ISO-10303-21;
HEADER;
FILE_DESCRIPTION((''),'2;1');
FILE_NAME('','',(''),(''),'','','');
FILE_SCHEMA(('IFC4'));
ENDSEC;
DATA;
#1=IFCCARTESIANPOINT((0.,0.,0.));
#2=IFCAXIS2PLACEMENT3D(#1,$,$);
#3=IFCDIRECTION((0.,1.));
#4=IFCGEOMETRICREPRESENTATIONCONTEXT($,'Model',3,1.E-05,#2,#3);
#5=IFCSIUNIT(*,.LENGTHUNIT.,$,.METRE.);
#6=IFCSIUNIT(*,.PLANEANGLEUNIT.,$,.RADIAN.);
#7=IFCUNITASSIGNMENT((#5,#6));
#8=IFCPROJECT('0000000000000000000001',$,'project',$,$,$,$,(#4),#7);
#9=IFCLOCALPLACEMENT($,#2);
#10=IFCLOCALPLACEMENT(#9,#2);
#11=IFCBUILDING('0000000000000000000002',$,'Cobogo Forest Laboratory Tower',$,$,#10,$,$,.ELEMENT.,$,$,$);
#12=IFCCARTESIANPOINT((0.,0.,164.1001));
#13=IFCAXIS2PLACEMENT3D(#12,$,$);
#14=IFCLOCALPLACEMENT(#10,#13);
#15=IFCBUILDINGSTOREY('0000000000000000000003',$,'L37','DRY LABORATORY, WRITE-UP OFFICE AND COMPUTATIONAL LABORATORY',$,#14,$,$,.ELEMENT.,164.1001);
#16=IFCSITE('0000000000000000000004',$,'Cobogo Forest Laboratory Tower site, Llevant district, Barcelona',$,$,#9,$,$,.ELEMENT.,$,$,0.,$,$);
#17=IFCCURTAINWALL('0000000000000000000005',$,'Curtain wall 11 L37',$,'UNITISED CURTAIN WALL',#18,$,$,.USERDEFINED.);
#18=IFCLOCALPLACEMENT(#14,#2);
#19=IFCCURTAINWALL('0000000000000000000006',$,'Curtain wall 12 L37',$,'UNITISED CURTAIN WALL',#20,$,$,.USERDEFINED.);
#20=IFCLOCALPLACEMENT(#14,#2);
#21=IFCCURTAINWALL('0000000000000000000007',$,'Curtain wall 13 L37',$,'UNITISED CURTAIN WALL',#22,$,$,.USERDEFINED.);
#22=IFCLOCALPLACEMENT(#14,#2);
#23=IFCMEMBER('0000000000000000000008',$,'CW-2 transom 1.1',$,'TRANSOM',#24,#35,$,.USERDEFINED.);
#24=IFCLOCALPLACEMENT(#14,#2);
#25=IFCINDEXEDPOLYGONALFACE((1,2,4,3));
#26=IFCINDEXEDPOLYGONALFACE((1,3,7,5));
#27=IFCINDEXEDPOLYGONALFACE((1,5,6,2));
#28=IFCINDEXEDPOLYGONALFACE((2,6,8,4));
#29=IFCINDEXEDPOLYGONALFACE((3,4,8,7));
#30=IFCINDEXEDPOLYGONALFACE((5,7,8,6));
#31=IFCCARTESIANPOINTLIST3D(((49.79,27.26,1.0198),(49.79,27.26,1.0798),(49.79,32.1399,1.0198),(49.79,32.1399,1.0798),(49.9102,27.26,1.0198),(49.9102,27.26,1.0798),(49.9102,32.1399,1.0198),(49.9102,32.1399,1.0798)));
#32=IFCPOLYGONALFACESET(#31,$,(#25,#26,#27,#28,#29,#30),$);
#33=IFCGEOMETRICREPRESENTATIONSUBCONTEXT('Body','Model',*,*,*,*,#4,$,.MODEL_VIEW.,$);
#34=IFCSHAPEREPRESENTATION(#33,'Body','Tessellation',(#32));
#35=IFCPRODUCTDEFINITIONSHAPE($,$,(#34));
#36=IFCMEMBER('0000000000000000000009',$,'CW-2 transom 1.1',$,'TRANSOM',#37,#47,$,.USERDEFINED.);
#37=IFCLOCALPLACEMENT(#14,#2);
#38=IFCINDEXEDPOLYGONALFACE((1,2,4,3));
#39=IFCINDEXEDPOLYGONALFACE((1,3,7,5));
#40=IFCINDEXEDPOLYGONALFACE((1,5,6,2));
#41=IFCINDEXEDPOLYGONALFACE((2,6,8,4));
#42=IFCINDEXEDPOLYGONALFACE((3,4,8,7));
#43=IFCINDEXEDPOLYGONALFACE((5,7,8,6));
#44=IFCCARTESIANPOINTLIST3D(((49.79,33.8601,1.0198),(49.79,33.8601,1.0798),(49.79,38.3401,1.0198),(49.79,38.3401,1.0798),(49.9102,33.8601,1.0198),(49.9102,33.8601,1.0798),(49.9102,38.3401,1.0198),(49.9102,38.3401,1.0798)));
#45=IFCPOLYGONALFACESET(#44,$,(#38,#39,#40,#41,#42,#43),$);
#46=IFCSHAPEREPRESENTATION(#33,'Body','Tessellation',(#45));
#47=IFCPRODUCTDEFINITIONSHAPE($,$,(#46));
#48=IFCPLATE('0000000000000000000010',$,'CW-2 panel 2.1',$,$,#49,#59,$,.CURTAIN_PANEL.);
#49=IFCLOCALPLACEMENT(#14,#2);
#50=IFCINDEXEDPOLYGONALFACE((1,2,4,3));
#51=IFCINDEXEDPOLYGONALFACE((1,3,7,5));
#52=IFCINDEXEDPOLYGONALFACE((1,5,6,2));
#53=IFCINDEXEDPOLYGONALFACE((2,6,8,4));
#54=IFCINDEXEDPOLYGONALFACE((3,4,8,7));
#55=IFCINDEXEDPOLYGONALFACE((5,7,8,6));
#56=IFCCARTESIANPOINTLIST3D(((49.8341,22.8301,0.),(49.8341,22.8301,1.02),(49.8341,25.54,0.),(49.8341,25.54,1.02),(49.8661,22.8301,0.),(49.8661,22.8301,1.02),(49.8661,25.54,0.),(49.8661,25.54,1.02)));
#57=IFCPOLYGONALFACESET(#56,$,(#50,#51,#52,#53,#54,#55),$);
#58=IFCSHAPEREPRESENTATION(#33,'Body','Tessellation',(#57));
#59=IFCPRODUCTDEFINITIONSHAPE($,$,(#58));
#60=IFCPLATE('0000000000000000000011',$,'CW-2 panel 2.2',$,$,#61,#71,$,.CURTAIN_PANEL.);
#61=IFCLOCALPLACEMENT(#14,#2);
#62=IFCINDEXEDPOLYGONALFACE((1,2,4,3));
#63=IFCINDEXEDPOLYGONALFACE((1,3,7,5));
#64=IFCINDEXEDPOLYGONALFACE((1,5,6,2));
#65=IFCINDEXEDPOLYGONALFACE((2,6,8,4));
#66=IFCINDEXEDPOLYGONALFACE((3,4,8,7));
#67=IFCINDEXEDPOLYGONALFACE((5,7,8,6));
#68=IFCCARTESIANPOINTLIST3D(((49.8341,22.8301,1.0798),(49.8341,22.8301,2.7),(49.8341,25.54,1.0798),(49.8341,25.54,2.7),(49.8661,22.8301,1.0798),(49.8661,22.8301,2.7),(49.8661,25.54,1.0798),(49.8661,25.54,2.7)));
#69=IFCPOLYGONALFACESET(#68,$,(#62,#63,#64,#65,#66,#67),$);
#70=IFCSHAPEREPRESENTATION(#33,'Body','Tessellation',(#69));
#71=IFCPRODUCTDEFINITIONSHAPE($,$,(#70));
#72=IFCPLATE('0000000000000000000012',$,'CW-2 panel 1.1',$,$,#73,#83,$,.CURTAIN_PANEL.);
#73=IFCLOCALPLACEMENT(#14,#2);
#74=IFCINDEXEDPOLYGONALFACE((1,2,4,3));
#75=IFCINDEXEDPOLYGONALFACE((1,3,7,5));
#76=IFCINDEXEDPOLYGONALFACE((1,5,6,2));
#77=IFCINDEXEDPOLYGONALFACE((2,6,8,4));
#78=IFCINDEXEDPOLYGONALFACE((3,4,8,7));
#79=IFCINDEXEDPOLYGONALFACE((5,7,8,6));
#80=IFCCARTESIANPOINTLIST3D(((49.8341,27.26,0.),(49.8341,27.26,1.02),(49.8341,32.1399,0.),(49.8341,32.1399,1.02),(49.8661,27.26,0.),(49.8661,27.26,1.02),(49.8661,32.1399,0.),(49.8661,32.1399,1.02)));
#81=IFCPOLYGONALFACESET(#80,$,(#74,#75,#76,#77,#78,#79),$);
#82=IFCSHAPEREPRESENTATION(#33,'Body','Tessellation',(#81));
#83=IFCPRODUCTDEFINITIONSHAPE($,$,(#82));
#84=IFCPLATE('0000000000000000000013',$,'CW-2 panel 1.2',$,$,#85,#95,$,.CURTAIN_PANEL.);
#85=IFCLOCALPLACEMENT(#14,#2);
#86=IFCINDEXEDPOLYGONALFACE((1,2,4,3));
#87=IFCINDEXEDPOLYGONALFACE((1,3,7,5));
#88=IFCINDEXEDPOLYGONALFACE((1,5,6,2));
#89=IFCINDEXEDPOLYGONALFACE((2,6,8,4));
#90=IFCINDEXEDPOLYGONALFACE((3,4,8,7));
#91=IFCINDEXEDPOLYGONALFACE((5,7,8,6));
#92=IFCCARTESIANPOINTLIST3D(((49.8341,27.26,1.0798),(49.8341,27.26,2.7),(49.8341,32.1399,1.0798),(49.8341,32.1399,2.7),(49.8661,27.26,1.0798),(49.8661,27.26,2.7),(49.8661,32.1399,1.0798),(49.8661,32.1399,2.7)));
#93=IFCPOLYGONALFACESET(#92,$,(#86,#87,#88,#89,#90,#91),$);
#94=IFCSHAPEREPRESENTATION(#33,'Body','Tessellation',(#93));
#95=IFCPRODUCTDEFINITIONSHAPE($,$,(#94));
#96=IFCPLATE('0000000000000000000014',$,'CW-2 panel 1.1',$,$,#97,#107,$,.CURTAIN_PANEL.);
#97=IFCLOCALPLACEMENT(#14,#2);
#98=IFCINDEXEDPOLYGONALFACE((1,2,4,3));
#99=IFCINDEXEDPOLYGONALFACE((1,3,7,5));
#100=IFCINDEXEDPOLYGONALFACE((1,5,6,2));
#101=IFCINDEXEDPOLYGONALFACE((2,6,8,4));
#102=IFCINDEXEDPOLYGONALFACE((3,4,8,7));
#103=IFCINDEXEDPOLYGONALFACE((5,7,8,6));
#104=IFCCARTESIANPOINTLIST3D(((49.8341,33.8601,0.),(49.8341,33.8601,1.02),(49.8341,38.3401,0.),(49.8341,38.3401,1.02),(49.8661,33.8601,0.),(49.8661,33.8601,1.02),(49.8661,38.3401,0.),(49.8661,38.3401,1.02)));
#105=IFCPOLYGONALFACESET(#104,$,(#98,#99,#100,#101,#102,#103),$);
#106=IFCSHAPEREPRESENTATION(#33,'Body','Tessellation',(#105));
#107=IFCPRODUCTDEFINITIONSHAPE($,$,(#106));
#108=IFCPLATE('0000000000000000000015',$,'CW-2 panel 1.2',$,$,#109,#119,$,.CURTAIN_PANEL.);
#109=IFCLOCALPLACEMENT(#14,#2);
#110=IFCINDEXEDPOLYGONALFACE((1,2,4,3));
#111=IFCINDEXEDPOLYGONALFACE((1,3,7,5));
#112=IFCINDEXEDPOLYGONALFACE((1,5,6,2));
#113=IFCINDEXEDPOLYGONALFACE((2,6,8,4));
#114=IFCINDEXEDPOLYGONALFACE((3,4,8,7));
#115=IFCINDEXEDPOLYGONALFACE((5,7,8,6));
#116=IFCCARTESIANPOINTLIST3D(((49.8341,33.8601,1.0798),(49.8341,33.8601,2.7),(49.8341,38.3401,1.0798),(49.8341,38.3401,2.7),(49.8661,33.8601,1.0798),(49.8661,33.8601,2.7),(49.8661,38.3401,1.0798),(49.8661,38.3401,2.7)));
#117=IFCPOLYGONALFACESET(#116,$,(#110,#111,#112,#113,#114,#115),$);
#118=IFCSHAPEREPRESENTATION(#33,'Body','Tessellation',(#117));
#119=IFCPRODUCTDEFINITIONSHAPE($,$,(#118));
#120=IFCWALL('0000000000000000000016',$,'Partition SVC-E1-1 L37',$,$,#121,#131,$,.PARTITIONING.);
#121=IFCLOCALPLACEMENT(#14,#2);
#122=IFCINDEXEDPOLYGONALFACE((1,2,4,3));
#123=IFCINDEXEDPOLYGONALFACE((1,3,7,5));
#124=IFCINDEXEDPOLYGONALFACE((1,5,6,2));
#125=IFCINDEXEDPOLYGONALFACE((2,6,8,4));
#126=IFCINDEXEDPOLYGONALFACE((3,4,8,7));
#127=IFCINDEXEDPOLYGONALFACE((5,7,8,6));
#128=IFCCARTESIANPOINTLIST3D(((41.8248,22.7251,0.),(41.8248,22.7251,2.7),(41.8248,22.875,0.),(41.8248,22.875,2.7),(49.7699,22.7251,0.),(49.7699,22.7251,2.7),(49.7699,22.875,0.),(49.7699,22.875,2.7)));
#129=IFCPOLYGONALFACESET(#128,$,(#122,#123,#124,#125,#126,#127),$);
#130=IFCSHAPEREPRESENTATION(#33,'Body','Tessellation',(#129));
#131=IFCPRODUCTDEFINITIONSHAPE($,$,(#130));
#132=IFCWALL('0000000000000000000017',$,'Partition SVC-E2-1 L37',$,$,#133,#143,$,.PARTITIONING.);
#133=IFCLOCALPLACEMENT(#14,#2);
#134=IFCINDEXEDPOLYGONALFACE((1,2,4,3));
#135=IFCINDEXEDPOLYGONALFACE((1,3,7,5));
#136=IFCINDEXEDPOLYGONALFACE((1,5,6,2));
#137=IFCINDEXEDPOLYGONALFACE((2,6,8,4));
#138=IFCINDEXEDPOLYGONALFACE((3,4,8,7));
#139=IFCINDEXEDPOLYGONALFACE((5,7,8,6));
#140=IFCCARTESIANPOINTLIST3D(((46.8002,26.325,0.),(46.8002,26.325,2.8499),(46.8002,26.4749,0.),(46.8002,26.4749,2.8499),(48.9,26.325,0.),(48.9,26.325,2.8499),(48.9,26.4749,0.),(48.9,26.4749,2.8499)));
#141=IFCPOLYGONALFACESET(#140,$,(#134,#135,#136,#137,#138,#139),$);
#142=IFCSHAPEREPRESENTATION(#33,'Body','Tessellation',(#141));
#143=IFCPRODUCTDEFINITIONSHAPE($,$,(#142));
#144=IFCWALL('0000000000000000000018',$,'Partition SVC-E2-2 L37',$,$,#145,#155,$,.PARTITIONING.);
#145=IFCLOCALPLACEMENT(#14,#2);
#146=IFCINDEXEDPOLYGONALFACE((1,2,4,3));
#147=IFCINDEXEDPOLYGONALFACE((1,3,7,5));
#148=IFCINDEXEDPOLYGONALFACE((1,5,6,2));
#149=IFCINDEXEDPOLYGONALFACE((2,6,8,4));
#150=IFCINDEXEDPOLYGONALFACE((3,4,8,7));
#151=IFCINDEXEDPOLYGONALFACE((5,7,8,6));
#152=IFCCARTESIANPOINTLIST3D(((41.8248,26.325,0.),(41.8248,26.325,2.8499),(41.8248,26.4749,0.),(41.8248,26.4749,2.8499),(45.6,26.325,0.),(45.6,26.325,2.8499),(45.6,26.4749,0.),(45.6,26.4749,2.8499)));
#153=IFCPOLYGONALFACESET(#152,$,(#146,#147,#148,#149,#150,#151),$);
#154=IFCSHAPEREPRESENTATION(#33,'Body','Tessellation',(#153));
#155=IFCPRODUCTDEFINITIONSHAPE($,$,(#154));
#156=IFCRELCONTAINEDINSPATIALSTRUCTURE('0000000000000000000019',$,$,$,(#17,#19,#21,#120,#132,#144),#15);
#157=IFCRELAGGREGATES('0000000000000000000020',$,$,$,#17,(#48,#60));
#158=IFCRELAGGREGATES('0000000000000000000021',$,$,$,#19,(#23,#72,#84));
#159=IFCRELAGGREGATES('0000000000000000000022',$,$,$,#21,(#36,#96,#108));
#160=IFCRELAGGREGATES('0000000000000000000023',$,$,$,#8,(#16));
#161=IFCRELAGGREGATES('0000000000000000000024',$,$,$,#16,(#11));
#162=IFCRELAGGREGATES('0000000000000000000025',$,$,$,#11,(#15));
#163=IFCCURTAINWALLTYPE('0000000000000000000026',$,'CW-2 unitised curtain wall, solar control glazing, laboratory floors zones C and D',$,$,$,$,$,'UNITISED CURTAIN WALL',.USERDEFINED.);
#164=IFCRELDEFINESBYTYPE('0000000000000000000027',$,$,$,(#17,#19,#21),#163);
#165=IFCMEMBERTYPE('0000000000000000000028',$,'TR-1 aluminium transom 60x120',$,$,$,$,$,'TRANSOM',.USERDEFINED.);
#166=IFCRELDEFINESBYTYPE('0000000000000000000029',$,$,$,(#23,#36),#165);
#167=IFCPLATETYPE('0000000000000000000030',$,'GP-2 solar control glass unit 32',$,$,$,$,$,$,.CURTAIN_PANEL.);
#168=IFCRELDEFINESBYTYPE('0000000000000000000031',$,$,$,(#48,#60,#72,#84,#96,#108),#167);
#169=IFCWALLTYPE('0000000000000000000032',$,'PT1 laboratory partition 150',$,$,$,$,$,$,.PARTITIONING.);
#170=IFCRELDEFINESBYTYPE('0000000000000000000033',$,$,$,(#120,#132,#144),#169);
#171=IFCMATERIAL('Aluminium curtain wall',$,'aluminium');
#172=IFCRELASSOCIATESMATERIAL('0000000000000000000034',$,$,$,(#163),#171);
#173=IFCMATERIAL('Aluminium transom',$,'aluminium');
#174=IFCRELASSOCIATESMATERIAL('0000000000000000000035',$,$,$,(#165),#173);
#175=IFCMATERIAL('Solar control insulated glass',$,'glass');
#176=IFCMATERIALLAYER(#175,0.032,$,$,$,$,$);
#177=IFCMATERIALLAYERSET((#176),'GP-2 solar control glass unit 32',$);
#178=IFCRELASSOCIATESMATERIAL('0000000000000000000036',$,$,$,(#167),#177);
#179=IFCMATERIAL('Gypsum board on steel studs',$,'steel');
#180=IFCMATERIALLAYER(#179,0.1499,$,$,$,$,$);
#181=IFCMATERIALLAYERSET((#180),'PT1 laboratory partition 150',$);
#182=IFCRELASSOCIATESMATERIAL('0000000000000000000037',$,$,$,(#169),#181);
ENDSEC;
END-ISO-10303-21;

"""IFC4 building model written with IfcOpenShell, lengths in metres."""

from ifc_helpers import new_model, si_unit, direction, frame, frame_2d, origin, origin_2d, place, context, subcontext, project, spatial, rectangle, extrude, material, layer, layer_set, material_profile, profile_set, type_object, element, aggregate, save


model = new_model("IFC4")

# Units and contexts
model_context = context("Model", 3, precision=1e-05, world=origin(), true_north=direction((0.0, 1.0)))
body_context = subcontext(model_context, "Body", "Model", "MODEL_VIEW")
ifc_project = project(units=[si_unit("LENGTHUNIT", "METRE"), si_unit("PLANEANGLEUNIT", "RADIAN")], contexts=[model_context])

# Site, building, storey
site_placement = place(None, origin())
site = spatial("IfcSite", under=ifc_project, at=site_placement, Name="Cobogo Forest Laboratory Tower site, Llevant district, Barcelona", CompositionType="ELEMENT", RefElevation=0.0)
building_placement = place(site_placement, origin())
building = spatial("IfcBuilding", under=site, at=building_placement, Name="Cobogo Forest Laboratory Tower", CompositionType="ELEMENT")
storey_placement = place(building_placement, frame((0.0, 0.0, 164.1001)))
storey = spatial("IfcBuildingStorey", under=building, at=storey_placement, Name="L37", Description="DRY LABORATORY, WRITE-UP OFFICE AND COMPUTATIONAL LABORATORY", CompositionType="ELEMENT", Elevation=164.1001)

# Curtain walls
ifc_material_1 = material(Name="Aluminium curtain wall", Category="aluminium")
curtain_wall_type = type_object("IfcCurtainWallType", Name="CW-2 unitised curtain wall, solar control glazing, laboratory floors zones C and D", ElementType="UNITISED CURTAIN WALL", PredefinedType="USERDEFINED", material=ifc_material_1)
curtain_wall_1_placement = place(storey_placement, origin())
curtain_wall_1 = element("IfcCurtainWall", 1, at=curtain_wall_1_placement, inside=storey, type_object=curtain_wall_type, Name="Curtain wall 11 L37", ObjectType="UNITISED CURTAIN WALL", PredefinedType="USERDEFINED")
curtain_wall_2_placement = place(storey_placement, origin())
curtain_wall_2 = element("IfcCurtainWall", 2, at=curtain_wall_2_placement, inside=storey, type_object=curtain_wall_type, Name="Curtain wall 12 L37", ObjectType="UNITISED CURTAIN WALL", PredefinedType="USERDEFINED")
curtain_wall_3_placement = place(storey_placement, origin())
curtain_wall_3 = element("IfcCurtainWall", 3, at=curtain_wall_3_placement, inside=storey, type_object=curtain_wall_type, Name="Curtain wall 13 L37", ObjectType="UNITISED CURTAIN WALL", PredefinedType="USERDEFINED")

# Members
ifc_material_2 = material(Name="Aluminium transom", Category="aluminium")
ifc_material_profile_1 = material_profile(ifc_material_2, rectangle(XDim=0.1201, YDim=0.0601, at=origin_2d()), Name="AL 60x120")
ifc_profile_set_1 = profile_set([ifc_material_profile_1], Name="Aluminium transom")
member_type_1 = type_object("IfcMemberType", Name="TR-1 aluminium transom 60x120", ElementType="TRANSOM", PredefinedType="USERDEFINED", material=ifc_profile_set_1)
member_1_placement = place(storey_placement, frame((49.8501, 27.26, 1.0498), z_axis=(0.0, 1.0, 0.0), x_axis=(-1.0, 0.0, 0.0)))
member_1 = element("IfcMember", 4, at=member_1_placement, type_object=member_type_1, Name="CW-2 transom 1.1", ObjectType="TRANSOM", PredefinedType="USERDEFINED", context=body_context, shape_type="SweptSolid", body=[
    extrude(rectangle(XDim=0.1201, YDim=0.0601, at=origin_2d()), origin(), (0.0, 0.0, 1.0), 4.8799),
])
member_2_placement = place(storey_placement, frame((49.8501, 33.8601, 1.0498), z_axis=(0.0, 1.0, 0.0), x_axis=(-1.0, 0.0, 0.0)))
member_2 = element("IfcMember", 5, at=member_2_placement, type_object=member_type_1, Name="CW-2 transom 1.1", ObjectType="TRANSOM", PredefinedType="USERDEFINED", context=body_context, shape_type="SweptSolid", body=[
    extrude(rectangle(XDim=0.1201, YDim=0.0601, at=origin_2d()), origin(), (0.0, 0.0, 1.0), 4.48),
])

# Plates
ifc_material_3 = material(Name="Solar control insulated glass", Category="glass")
ifc_layer_1 = layer(ifc_material_3, 0.032)
ifc_layer_set_1 = layer_set([ifc_layer_1], Name="GP-2 solar control glass unit 32")
plate_type_1 = type_object("IfcPlateType", Name="GP-2 solar control glass unit 32", PredefinedType="CURTAIN_PANEL", material=ifc_layer_set_1)
plate_1_placement = place(storey_placement, frame((49.8501, 24.1851, 0.0), z_axis=(0.0, 0.0, 1.0), x_axis=(0.0, 1.0, 0.0)))
plate_1 = element("IfcPlate", 6, at=plate_1_placement, type_object=plate_type_1, Name="CW-2 panel 2.1", PredefinedType="CURTAIN_PANEL", context=body_context, shape_type="SweptSolid", body=[
    extrude(rectangle(XDim=2.71, YDim=0.032, at=origin_2d()), origin(), (0.0, 0.0, 1.0), 1.02),
])
plate_2_placement = place(storey_placement, frame((49.8501, 24.1851, 1.0798), z_axis=(0.0, 0.0, 1.0), x_axis=(0.0, 1.0, 0.0)))
plate_2 = element("IfcPlate", 7, at=plate_2_placement, type_object=plate_type_1, Name="CW-2 panel 2.2", PredefinedType="CURTAIN_PANEL", context=body_context, shape_type="SweptSolid", body=[
    extrude(rectangle(XDim=2.71, YDim=0.032, at=origin_2d()), origin(), (0.0, 0.0, 1.0), 1.6201),
])
aggregate(curtain_wall_1, [plate_1, plate_2])
plate_3_placement = place(storey_placement, frame((49.8501, 29.7, 0.0), z_axis=(0.0, 0.0, 1.0), x_axis=(0.0, 1.0, 0.0)))
plate_3 = element("IfcPlate", 8, at=plate_3_placement, type_object=plate_type_1, Name="CW-2 panel 1.1", PredefinedType="CURTAIN_PANEL", context=body_context, shape_type="SweptSolid", body=[
    extrude(rectangle(XDim=4.8799, YDim=0.032, at=origin_2d()), origin(), (0.0, 0.0, 1.0), 1.02),
])
plate_4_placement = place(storey_placement, frame((49.8501, 29.7, 1.0798), z_axis=(0.0, 0.0, 1.0), x_axis=(0.0, 1.0, 0.0)))
plate_4 = element("IfcPlate", 9, at=plate_4_placement, type_object=plate_type_1, Name="CW-2 panel 1.2", PredefinedType="CURTAIN_PANEL", context=body_context, shape_type="SweptSolid", body=[
    extrude(rectangle(XDim=4.8799, YDim=0.032, at=origin_2d()), origin(), (0.0, 0.0, 1.0), 1.6201),
])
aggregate(curtain_wall_2, [member_1, plate_3, plate_4])
plate_5_placement = place(storey_placement, frame((49.8501, 36.1001, 0.0), z_axis=(0.0, 0.0, 1.0), x_axis=(0.0, 1.0, 0.0)))
plate_5 = element("IfcPlate", 10, at=plate_5_placement, type_object=plate_type_1, Name="CW-2 panel 1.1", PredefinedType="CURTAIN_PANEL", context=body_context, shape_type="SweptSolid", body=[
    extrude(rectangle(XDim=4.48, YDim=0.032, at=origin_2d()), origin(), (0.0, 0.0, 1.0), 1.02),
])
plate_6_placement = place(storey_placement, frame((49.8501, 36.1001, 1.0798), z_axis=(0.0, 0.0, 1.0), x_axis=(0.0, 1.0, 0.0)))
plate_6 = element("IfcPlate", 11, at=plate_6_placement, type_object=plate_type_1, Name="CW-2 panel 1.2", PredefinedType="CURTAIN_PANEL", context=body_context, shape_type="SweptSolid", body=[
    extrude(rectangle(XDim=4.48, YDim=0.032, at=origin_2d()), origin(), (0.0, 0.0, 1.0), 1.6201),
])
aggregate(curtain_wall_3, [member_2, plate_5, plate_6])

# Walls
ifc_material_4 = material(Name="Gypsum board on steel studs", Category="steel")
ifc_layer_2 = layer(ifc_material_4, 0.1499)
ifc_layer_set_2 = layer_set([ifc_layer_2], Name="PT1 laboratory partition 150")
wall_type = type_object("IfcWallType", Name="PT1 laboratory partition 150", PredefinedType="PARTITIONING", material=ifc_layer_set_2)
wall_1_placement = place(storey_placement, frame((49.77, 22.8, 0.0), z_axis=(0.0, 0.0, 1.0), x_axis=(-1.0, 0.0, 0.0)))
element("IfcWall", 12, at=wall_1_placement, inside=storey, type_object=wall_type, Name="Partition SVC-E1-1 L37", PredefinedType="PARTITIONING", context=body_context, shape_type="SweptSolid", body=[
    extrude(rectangle(XDim=7.9451, YDim=0.1499, at=frame_2d((3.9727, 0.0))), origin(), (0.0, 0.0, 1.0), 2.7),
])
wall_2_placement = place(storey_placement, frame((48.8999, 26.3999, 0.0), z_axis=(0.0, 0.0, 1.0), x_axis=(-1.0, 0.0, 0.0)))
element("IfcWall", 13, at=wall_2_placement, inside=storey, type_object=wall_type, Name="Partition SVC-E2-1 L37", PredefinedType="PARTITIONING", context=body_context, shape_type="SweptSolid", body=[
    extrude(rectangle(XDim=2.0999, YDim=0.1499, at=frame_2d((1.0498, 0.0))), origin(), (0.0, 0.0, 1.0), 2.8499),
])
wall_3_placement = place(storey_placement, frame((45.6001, 26.3999, 0.0), z_axis=(0.0, 0.0, 1.0), x_axis=(-1.0, 0.0, 0.0)))
element("IfcWall", 14, at=wall_3_placement, inside=storey, type_object=wall_type, Name="Partition SVC-E2-2 L37", PredefinedType="PARTITIONING", context=body_context, shape_type="SweptSolid", body=[
    extrude(rectangle(XDim=3.7751, YDim=0.1499, at=frame_2d((1.8877, 0.0))), origin(), (0.0, 0.0, 1.0), 2.8499),
])

save(model, "model.ifc")
